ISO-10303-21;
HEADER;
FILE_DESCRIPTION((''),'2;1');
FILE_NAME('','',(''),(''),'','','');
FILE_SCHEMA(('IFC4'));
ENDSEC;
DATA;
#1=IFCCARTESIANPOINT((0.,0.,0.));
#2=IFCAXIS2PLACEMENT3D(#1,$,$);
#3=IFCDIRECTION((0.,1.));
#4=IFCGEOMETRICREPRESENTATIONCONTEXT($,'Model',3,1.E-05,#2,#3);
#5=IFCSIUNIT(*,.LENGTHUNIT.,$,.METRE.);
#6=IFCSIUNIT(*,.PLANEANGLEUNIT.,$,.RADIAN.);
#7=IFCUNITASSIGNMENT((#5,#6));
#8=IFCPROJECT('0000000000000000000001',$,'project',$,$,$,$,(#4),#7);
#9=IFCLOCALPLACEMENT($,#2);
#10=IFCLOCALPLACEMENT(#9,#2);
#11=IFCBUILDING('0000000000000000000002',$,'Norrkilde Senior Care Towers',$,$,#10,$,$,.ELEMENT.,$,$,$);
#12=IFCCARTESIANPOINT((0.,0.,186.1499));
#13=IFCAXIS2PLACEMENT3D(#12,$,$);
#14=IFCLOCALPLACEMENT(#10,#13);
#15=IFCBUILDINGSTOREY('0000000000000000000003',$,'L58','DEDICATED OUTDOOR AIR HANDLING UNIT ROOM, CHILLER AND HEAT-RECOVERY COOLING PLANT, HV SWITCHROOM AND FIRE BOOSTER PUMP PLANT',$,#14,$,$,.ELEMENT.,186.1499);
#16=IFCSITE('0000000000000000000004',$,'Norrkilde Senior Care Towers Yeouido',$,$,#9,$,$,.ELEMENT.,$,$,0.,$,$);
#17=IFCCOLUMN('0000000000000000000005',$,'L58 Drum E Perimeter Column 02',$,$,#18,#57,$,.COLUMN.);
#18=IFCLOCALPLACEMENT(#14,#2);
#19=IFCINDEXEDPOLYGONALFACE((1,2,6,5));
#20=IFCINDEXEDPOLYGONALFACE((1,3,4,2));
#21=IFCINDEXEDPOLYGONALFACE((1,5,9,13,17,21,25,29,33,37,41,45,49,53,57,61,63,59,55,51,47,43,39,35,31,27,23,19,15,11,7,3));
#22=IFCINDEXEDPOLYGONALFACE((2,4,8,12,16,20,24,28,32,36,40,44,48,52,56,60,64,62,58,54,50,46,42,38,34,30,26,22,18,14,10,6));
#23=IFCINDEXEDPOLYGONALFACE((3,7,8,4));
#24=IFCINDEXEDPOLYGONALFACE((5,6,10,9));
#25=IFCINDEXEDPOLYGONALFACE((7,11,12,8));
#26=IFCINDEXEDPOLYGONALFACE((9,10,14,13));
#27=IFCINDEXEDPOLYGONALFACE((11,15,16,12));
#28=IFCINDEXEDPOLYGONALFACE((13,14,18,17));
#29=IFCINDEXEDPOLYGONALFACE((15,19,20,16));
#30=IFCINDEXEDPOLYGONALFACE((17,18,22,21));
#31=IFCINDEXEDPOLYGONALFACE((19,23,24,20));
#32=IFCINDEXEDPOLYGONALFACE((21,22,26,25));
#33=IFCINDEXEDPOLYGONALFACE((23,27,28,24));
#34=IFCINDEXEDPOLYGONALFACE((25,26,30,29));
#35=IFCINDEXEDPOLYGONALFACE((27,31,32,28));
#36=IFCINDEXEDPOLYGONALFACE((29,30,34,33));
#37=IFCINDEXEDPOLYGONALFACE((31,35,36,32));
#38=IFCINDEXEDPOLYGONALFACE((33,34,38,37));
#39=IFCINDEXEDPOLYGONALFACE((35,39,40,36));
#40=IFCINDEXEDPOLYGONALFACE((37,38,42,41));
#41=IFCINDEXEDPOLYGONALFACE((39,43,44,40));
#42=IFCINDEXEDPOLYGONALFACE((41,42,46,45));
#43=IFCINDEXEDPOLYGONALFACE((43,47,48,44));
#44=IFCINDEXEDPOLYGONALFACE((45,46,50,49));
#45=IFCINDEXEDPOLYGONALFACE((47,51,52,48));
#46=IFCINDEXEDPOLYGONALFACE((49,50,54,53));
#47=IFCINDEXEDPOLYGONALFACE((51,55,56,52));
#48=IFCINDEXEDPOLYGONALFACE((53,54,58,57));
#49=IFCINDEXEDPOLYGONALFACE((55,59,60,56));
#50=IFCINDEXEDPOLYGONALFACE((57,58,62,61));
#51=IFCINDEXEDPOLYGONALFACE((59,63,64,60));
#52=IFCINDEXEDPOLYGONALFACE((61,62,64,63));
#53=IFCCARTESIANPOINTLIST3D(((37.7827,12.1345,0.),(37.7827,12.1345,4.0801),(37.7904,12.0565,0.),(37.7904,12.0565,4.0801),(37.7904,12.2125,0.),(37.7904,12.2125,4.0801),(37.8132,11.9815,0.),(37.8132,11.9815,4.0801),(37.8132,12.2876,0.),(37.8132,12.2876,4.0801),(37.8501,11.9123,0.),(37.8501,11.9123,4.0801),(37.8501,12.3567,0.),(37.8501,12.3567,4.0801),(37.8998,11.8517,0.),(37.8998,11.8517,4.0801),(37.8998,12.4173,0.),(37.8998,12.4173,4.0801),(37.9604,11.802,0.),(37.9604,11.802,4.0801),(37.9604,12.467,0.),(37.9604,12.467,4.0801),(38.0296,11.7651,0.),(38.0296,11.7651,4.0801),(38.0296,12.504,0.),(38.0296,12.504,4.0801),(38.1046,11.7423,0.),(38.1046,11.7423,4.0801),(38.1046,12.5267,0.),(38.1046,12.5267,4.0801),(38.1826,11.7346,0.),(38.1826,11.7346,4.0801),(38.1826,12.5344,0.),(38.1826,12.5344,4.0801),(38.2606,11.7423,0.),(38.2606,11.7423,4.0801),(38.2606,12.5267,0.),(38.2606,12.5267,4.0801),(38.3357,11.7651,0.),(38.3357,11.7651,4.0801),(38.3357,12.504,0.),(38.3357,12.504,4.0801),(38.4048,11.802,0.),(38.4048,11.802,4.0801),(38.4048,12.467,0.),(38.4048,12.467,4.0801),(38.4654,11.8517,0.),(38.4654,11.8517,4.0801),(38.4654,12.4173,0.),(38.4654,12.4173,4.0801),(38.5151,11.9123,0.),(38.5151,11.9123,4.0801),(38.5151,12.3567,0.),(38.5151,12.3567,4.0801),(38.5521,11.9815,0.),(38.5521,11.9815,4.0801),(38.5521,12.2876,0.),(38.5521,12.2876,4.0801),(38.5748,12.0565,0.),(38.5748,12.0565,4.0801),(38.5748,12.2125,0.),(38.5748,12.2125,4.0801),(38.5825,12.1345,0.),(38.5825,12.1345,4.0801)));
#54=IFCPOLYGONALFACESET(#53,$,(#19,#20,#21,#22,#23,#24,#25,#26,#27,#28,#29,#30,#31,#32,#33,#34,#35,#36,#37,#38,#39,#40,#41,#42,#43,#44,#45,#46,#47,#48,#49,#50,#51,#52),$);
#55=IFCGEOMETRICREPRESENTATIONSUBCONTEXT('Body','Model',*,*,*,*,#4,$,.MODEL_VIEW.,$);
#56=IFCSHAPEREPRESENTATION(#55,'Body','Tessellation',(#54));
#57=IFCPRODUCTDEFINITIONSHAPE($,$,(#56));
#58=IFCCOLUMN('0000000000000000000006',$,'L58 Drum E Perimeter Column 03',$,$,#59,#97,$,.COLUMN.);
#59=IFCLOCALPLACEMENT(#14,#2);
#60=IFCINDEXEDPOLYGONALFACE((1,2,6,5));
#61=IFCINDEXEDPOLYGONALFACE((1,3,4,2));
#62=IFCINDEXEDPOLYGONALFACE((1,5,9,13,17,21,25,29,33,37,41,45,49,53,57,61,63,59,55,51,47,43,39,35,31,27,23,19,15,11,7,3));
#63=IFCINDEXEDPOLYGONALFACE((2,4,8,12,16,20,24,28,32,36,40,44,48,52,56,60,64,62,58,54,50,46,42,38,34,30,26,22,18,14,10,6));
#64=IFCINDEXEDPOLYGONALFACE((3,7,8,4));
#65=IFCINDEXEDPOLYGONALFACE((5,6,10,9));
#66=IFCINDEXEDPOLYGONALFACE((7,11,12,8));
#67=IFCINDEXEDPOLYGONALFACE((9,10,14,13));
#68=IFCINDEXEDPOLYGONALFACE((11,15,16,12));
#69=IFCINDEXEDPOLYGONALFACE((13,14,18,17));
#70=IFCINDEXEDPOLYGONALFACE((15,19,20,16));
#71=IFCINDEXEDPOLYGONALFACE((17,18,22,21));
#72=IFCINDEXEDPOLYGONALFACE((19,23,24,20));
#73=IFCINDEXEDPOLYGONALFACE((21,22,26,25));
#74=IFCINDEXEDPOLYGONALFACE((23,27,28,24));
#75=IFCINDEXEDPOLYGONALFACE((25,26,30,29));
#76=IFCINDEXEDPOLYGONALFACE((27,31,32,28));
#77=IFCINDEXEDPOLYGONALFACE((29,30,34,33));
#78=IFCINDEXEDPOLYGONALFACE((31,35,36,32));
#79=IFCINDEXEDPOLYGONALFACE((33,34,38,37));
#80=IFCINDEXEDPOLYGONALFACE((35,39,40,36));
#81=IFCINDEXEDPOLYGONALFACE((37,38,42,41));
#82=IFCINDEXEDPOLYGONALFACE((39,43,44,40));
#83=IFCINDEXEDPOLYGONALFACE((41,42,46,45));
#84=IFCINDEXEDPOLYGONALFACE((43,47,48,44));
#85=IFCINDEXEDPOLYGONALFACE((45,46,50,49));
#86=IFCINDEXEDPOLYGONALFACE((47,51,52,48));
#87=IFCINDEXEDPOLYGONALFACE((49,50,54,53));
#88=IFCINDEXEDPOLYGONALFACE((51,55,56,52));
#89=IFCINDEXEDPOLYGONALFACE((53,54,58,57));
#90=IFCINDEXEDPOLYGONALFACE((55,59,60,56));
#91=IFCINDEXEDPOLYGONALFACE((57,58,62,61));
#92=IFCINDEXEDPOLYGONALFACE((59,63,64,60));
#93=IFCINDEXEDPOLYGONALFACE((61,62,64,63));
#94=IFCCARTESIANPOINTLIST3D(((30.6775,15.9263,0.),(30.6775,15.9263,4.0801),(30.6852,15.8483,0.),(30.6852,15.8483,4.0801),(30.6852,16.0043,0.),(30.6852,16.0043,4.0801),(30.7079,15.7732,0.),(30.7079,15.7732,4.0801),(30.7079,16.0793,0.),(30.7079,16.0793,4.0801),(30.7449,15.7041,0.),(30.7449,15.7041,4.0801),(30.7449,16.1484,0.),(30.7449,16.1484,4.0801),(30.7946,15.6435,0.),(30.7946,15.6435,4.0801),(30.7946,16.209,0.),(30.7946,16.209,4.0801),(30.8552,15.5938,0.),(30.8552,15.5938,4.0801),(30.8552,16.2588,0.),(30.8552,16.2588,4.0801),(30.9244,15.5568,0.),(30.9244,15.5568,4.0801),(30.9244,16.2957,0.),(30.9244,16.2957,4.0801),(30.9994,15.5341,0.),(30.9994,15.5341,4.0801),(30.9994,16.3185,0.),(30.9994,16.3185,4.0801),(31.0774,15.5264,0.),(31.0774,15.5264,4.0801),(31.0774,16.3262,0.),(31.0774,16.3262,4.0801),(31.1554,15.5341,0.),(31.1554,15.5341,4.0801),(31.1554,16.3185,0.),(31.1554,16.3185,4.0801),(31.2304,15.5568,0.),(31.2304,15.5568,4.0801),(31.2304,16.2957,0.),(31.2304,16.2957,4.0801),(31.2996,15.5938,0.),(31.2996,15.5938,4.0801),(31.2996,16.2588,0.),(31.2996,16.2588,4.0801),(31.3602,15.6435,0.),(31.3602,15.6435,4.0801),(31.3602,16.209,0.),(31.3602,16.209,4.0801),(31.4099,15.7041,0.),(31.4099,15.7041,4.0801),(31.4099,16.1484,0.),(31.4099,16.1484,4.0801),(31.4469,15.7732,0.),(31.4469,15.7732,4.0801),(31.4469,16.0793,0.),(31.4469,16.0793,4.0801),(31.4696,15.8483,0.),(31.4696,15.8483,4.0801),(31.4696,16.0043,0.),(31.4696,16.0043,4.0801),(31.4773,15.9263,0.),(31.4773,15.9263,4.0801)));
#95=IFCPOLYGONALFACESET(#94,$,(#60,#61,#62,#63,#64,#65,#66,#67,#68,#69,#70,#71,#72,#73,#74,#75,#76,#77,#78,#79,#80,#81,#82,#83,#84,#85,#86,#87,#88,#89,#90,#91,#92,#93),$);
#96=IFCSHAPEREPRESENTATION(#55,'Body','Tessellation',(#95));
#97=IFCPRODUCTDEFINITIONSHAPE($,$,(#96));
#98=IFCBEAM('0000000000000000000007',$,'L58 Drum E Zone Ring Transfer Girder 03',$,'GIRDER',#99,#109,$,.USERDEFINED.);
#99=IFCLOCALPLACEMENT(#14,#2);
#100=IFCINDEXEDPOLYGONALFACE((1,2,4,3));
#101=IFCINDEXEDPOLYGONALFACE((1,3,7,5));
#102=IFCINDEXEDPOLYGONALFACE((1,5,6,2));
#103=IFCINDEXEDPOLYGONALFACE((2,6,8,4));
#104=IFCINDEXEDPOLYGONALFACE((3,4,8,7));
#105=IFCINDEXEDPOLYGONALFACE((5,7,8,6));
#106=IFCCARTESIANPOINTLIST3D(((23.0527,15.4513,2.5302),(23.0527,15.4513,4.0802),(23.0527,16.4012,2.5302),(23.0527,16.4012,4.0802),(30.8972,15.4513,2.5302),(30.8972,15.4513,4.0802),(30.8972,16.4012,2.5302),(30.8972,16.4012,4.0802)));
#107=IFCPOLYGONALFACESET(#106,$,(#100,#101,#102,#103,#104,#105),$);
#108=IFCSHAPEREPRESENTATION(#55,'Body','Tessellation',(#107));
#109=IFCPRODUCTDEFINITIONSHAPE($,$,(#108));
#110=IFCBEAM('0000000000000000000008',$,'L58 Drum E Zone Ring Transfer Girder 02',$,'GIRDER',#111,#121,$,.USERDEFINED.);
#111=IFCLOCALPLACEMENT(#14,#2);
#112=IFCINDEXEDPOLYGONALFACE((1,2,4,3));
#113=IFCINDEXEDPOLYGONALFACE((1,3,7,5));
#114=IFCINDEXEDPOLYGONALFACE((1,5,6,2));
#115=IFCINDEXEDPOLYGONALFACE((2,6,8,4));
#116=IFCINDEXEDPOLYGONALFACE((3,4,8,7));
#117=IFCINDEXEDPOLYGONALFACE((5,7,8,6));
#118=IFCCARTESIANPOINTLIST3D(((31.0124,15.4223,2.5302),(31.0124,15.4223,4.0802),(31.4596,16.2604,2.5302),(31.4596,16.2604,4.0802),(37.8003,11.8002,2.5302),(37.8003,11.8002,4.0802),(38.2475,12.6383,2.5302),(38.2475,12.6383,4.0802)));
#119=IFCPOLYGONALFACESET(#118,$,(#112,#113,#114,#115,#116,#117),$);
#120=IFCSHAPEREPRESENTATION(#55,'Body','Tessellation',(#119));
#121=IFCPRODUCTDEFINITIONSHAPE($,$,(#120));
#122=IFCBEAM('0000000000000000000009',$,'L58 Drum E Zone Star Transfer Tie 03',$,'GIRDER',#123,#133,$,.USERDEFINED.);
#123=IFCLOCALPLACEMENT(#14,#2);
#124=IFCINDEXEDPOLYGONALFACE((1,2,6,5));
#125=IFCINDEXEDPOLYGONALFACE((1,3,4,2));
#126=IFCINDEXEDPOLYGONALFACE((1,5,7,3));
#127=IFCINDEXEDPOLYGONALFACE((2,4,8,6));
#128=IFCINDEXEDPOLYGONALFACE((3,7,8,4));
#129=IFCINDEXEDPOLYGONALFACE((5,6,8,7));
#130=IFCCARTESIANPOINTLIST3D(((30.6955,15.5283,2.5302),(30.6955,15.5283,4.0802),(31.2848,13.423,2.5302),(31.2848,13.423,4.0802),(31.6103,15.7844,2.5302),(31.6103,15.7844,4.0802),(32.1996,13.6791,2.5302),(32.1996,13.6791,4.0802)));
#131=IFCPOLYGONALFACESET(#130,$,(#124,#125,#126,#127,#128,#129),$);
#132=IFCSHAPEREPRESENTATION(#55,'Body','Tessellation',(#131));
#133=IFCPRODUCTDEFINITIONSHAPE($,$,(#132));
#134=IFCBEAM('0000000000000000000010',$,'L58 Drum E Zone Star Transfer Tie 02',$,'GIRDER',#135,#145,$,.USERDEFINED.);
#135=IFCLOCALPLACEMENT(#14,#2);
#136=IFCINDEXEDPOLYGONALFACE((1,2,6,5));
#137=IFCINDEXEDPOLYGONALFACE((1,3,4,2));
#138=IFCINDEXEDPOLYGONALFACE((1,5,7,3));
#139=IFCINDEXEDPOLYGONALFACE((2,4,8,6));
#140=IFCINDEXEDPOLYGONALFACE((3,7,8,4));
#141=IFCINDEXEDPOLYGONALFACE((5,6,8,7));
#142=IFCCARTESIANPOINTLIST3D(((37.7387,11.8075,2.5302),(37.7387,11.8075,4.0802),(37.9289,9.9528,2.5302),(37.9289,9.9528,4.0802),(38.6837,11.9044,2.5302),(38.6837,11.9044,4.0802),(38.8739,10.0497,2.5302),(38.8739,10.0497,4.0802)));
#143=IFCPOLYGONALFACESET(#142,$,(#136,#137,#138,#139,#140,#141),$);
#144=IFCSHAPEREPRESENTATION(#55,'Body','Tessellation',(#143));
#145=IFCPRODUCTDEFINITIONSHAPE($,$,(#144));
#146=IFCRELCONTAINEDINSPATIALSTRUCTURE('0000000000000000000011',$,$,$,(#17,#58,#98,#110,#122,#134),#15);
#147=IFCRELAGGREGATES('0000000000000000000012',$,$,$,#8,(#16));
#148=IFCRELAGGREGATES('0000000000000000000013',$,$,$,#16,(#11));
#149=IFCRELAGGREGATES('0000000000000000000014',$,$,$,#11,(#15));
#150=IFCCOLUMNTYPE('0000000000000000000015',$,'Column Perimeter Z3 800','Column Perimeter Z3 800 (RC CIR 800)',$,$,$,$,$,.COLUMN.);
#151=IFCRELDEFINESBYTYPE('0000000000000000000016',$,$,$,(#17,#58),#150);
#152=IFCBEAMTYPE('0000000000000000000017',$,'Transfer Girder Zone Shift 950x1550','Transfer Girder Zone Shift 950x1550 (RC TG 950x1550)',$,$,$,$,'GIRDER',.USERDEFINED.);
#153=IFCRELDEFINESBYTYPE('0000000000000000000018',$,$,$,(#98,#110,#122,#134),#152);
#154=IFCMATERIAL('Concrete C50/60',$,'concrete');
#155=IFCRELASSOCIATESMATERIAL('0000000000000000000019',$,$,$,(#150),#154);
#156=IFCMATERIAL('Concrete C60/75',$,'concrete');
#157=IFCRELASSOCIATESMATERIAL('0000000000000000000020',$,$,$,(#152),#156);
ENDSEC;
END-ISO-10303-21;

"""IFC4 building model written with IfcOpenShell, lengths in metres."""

from ifc_helpers import new_model, si_unit, direction, frame, origin, origin_2d, place, context, subcontext, project, spatial, rectangle, circle, extrude, source, transform, mapped, material, material_profile, profile_set, type_object, type_shapes, element, save


model = new_model("IFC4")

# Units and contexts
model_context = context("Model", 3, precision=1e-05, world=origin(), true_north=direction((0.0, 1.0)))
body_context = subcontext(model_context, "Body", "Model", "MODEL_VIEW")
ifc_project = project(units=[si_unit("LENGTHUNIT", "METRE"), si_unit("PLANEANGLEUNIT", "RADIAN")], contexts=[model_context])

# Site, building, storey
site_placement = place(None, origin())
site = spatial("IfcSite", under=ifc_project, at=site_placement, Name="Norrkilde Senior Care Towers Yeouido", CompositionType="ELEMENT", RefElevation=0.0)
building_placement = place(site_placement, origin())
building = spatial("IfcBuilding", under=site, at=building_placement, Name="Norrkilde Senior Care Towers", CompositionType="ELEMENT")
storey_placement = place(building_placement, frame((0.0, 0.0, 186.1499)))
storey = spatial("IfcBuildingStorey", under=building, at=storey_placement, Name="L58", Description="DEDICATED OUTDOOR AIR HANDLING UNIT ROOM, CHILLER AND HEAT-RECOVERY COOLING PLANT, HV SWITCHROOM AND FIRE BOOSTER PUMP PLANT", CompositionType="ELEMENT", Elevation=186.1499)

# Columns
ifc_material_1 = material(Name="Concrete C50/60", Category="concrete")
ifc_material_profile_1 = material_profile(ifc_material_1, circle(Radius=0.3999, at=origin_2d()), Name="RC CIR 800")
ifc_profile_set_1 = profile_set([ifc_material_profile_1], Name="Concrete C50/60")
column_type = type_object("IfcColumnType", Name="Column Perimeter Z3 800", Description="Column Perimeter Z3 800 (RC CIR 800)", PredefinedType="COLUMN", material=ifc_profile_set_1)
shared_shape_1 = source(origin(), body_context, "Body", "SweptSolid", [
    extrude(circle(Radius=0.3999, at=origin_2d()), origin(), (0.0, 0.0, 1.0), 4.0801),
])
type_shapes(column_type, [shared_shape_1])
for number, where, z_axis, x_axis, name in (
    (1, (38.1826, 12.1345, 0.0), (0.0, 0.0, 1.0), (1.0, 0.0, 0.0), "L58 Drum E Perimeter Column 02"),
    (2, (31.0774, 15.9263, 0.0), (0.0, 0.0, 1.0), (1.0, 0.0, 0.0), "L58 Drum E Perimeter Column 03"),
):
    element("IfcColumn", number, at=place(storey_placement, frame(where, z_axis=z_axis, x_axis=x_axis)), inside=storey, type_object=column_type, Name=name, PredefinedType="COLUMN", context=body_context, shape_type="MappedRepresentation", body=[
        mapped(shared_shape_1, transform((0.0, 0.0, 0.0), x_axis=(1.0, 0.0, 0.0), y_axis=(0.0, 1.0, 0.0), z_axis=(0.0, 0.0, 1.0), scale=1.0)),
    ])

# Beams
ifc_material_2 = material(Name="Concrete C60/75", Category="concrete")
ifc_material_profile_2 = material_profile(ifc_material_2, rectangle(XDim=0.95, YDim=1.55, at=origin_2d()), Name="RC TG 950x1550")
ifc_profile_set_2 = profile_set([ifc_material_profile_2], Name="Concrete C60/75")
beam_type = type_object("IfcBeamType", Name="Transfer Girder Zone Shift 950x1550", Description="Transfer Girder Zone Shift 950x1550 (RC TG 950x1550)", ElementType="GIRDER", PredefinedType="USERDEFINED", material=ifc_profile_set_2)
shared_shape_2 = source(origin(), body_context, "Body", "SweptSolid", [
    extrude(rectangle(XDim=0.95, YDim=1.55, at=origin_2d()), origin(), (0.0, 0.0, 1.0), 7.8445),
])
beam_1_placement = place(storey_placement, frame((30.8972, 15.9263, 3.3052), z_axis=(-1.0, 0.0, 0.0), x_axis=(0.0, -1.0, 0.0)))
element("IfcBeam", 3, at=beam_1_placement, inside=storey, type_object=beam_type, Name="L58 Drum E Zone Ring Transfer Girder 03", ObjectType="GIRDER", PredefinedType="USERDEFINED", context=body_context, shape_type="MappedRepresentation", body=[
    mapped(shared_shape_2, transform((0.0, 0.0, 0.0), x_axis=(1.0, 0.0, 0.0), y_axis=(0.0, 1.0, 0.0), z_axis=(0.0, 0.0, 1.0), scale=1.0)),
])
shared_shape_3 = source(origin(), body_context, "Body", "SweptSolid", [
    extrude(rectangle(XDim=0.95, YDim=1.55, at=origin_2d()), origin(), (0.0, 0.0, 1.0), 7.6938),
])
beam_2_placement = place(storey_placement, frame((38.0239, 12.2192, 3.3052), z_axis=(-0.882251, 0.470779, 0.0), x_axis=(-0.470779, -0.882251, 0.0)))
element("IfcBeam", 4, at=beam_2_placement, inside=storey, type_object=beam_type, Name="L58 Drum E Zone Ring Transfer Girder 02", ObjectType="GIRDER", PredefinedType="USERDEFINED", context=body_context, shape_type="MappedRepresentation", body=[
    mapped(shared_shape_3, transform((0.0, 0.0, 0.0), x_axis=(1.0, 0.0, 0.0), y_axis=(0.0, 1.0, 0.0), z_axis=(0.0, 0.0, 1.0), scale=1.0)),
])
shared_shape_4 = source(origin(), body_context, "Body", "SweptSolid", [
    extrude(rectangle(XDim=0.95, YDim=1.55, at=origin_2d()), origin(), (0.0, 0.0, 1.0), 2.1863),
])
beam_3_placement = place(storey_placement, frame((31.7422, 13.551, 3.3052), z_axis=(-0.269555, 0.962985, 0.0), x_axis=(-0.962985, -0.269555, 0.0)))
element("IfcBeam", 5, at=beam_3_placement, inside=storey, type_object=beam_type, Name="L58 Drum E Zone Star Transfer Tie 03", ObjectType="GIRDER", PredefinedType="USERDEFINED", context=body_context, shape_type="MappedRepresentation", body=[
    mapped(shared_shape_4, transform((0.0, 0.0, 0.0), x_axis=(1.0, 0.0, 0.0), y_axis=(0.0, 1.0, 0.0), z_axis=(0.0, 0.0, 1.0), scale=1.0)),
])
shared_shape_5 = source(origin(), body_context, "Body", "SweptSolid", [
    extrude(rectangle(XDim=0.95, YDim=1.55, at=origin_2d()), origin(), (0.0, 0.0, 1.0), 1.8645),
])
type_shapes(beam_type, [shared_shape_2, shared_shape_3, shared_shape_4, shared_shape_5])
beam_4_placement = place(storey_placement, frame((38.4014, 10.0012, 3.3052), z_axis=(-0.102006, 0.994784, 0.0), x_axis=(-0.994784, -0.102006, 0.0)))
element("IfcBeam", 6, at=beam_4_placement, inside=storey, type_object=beam_type, Name="L58 Drum E Zone Star Transfer Tie 02", ObjectType="GIRDER", PredefinedType="USERDEFINED", context=body_context, shape_type="MappedRepresentation", body=[
    mapped(shared_shape_5, transform((0.0, 0.0, 0.0), x_axis=(1.0, 0.0, 0.0), y_axis=(0.0, 1.0, 0.0), z_axis=(0.0, 0.0, 1.0), scale=1.0)),
])

save(model, "model.ifc")
